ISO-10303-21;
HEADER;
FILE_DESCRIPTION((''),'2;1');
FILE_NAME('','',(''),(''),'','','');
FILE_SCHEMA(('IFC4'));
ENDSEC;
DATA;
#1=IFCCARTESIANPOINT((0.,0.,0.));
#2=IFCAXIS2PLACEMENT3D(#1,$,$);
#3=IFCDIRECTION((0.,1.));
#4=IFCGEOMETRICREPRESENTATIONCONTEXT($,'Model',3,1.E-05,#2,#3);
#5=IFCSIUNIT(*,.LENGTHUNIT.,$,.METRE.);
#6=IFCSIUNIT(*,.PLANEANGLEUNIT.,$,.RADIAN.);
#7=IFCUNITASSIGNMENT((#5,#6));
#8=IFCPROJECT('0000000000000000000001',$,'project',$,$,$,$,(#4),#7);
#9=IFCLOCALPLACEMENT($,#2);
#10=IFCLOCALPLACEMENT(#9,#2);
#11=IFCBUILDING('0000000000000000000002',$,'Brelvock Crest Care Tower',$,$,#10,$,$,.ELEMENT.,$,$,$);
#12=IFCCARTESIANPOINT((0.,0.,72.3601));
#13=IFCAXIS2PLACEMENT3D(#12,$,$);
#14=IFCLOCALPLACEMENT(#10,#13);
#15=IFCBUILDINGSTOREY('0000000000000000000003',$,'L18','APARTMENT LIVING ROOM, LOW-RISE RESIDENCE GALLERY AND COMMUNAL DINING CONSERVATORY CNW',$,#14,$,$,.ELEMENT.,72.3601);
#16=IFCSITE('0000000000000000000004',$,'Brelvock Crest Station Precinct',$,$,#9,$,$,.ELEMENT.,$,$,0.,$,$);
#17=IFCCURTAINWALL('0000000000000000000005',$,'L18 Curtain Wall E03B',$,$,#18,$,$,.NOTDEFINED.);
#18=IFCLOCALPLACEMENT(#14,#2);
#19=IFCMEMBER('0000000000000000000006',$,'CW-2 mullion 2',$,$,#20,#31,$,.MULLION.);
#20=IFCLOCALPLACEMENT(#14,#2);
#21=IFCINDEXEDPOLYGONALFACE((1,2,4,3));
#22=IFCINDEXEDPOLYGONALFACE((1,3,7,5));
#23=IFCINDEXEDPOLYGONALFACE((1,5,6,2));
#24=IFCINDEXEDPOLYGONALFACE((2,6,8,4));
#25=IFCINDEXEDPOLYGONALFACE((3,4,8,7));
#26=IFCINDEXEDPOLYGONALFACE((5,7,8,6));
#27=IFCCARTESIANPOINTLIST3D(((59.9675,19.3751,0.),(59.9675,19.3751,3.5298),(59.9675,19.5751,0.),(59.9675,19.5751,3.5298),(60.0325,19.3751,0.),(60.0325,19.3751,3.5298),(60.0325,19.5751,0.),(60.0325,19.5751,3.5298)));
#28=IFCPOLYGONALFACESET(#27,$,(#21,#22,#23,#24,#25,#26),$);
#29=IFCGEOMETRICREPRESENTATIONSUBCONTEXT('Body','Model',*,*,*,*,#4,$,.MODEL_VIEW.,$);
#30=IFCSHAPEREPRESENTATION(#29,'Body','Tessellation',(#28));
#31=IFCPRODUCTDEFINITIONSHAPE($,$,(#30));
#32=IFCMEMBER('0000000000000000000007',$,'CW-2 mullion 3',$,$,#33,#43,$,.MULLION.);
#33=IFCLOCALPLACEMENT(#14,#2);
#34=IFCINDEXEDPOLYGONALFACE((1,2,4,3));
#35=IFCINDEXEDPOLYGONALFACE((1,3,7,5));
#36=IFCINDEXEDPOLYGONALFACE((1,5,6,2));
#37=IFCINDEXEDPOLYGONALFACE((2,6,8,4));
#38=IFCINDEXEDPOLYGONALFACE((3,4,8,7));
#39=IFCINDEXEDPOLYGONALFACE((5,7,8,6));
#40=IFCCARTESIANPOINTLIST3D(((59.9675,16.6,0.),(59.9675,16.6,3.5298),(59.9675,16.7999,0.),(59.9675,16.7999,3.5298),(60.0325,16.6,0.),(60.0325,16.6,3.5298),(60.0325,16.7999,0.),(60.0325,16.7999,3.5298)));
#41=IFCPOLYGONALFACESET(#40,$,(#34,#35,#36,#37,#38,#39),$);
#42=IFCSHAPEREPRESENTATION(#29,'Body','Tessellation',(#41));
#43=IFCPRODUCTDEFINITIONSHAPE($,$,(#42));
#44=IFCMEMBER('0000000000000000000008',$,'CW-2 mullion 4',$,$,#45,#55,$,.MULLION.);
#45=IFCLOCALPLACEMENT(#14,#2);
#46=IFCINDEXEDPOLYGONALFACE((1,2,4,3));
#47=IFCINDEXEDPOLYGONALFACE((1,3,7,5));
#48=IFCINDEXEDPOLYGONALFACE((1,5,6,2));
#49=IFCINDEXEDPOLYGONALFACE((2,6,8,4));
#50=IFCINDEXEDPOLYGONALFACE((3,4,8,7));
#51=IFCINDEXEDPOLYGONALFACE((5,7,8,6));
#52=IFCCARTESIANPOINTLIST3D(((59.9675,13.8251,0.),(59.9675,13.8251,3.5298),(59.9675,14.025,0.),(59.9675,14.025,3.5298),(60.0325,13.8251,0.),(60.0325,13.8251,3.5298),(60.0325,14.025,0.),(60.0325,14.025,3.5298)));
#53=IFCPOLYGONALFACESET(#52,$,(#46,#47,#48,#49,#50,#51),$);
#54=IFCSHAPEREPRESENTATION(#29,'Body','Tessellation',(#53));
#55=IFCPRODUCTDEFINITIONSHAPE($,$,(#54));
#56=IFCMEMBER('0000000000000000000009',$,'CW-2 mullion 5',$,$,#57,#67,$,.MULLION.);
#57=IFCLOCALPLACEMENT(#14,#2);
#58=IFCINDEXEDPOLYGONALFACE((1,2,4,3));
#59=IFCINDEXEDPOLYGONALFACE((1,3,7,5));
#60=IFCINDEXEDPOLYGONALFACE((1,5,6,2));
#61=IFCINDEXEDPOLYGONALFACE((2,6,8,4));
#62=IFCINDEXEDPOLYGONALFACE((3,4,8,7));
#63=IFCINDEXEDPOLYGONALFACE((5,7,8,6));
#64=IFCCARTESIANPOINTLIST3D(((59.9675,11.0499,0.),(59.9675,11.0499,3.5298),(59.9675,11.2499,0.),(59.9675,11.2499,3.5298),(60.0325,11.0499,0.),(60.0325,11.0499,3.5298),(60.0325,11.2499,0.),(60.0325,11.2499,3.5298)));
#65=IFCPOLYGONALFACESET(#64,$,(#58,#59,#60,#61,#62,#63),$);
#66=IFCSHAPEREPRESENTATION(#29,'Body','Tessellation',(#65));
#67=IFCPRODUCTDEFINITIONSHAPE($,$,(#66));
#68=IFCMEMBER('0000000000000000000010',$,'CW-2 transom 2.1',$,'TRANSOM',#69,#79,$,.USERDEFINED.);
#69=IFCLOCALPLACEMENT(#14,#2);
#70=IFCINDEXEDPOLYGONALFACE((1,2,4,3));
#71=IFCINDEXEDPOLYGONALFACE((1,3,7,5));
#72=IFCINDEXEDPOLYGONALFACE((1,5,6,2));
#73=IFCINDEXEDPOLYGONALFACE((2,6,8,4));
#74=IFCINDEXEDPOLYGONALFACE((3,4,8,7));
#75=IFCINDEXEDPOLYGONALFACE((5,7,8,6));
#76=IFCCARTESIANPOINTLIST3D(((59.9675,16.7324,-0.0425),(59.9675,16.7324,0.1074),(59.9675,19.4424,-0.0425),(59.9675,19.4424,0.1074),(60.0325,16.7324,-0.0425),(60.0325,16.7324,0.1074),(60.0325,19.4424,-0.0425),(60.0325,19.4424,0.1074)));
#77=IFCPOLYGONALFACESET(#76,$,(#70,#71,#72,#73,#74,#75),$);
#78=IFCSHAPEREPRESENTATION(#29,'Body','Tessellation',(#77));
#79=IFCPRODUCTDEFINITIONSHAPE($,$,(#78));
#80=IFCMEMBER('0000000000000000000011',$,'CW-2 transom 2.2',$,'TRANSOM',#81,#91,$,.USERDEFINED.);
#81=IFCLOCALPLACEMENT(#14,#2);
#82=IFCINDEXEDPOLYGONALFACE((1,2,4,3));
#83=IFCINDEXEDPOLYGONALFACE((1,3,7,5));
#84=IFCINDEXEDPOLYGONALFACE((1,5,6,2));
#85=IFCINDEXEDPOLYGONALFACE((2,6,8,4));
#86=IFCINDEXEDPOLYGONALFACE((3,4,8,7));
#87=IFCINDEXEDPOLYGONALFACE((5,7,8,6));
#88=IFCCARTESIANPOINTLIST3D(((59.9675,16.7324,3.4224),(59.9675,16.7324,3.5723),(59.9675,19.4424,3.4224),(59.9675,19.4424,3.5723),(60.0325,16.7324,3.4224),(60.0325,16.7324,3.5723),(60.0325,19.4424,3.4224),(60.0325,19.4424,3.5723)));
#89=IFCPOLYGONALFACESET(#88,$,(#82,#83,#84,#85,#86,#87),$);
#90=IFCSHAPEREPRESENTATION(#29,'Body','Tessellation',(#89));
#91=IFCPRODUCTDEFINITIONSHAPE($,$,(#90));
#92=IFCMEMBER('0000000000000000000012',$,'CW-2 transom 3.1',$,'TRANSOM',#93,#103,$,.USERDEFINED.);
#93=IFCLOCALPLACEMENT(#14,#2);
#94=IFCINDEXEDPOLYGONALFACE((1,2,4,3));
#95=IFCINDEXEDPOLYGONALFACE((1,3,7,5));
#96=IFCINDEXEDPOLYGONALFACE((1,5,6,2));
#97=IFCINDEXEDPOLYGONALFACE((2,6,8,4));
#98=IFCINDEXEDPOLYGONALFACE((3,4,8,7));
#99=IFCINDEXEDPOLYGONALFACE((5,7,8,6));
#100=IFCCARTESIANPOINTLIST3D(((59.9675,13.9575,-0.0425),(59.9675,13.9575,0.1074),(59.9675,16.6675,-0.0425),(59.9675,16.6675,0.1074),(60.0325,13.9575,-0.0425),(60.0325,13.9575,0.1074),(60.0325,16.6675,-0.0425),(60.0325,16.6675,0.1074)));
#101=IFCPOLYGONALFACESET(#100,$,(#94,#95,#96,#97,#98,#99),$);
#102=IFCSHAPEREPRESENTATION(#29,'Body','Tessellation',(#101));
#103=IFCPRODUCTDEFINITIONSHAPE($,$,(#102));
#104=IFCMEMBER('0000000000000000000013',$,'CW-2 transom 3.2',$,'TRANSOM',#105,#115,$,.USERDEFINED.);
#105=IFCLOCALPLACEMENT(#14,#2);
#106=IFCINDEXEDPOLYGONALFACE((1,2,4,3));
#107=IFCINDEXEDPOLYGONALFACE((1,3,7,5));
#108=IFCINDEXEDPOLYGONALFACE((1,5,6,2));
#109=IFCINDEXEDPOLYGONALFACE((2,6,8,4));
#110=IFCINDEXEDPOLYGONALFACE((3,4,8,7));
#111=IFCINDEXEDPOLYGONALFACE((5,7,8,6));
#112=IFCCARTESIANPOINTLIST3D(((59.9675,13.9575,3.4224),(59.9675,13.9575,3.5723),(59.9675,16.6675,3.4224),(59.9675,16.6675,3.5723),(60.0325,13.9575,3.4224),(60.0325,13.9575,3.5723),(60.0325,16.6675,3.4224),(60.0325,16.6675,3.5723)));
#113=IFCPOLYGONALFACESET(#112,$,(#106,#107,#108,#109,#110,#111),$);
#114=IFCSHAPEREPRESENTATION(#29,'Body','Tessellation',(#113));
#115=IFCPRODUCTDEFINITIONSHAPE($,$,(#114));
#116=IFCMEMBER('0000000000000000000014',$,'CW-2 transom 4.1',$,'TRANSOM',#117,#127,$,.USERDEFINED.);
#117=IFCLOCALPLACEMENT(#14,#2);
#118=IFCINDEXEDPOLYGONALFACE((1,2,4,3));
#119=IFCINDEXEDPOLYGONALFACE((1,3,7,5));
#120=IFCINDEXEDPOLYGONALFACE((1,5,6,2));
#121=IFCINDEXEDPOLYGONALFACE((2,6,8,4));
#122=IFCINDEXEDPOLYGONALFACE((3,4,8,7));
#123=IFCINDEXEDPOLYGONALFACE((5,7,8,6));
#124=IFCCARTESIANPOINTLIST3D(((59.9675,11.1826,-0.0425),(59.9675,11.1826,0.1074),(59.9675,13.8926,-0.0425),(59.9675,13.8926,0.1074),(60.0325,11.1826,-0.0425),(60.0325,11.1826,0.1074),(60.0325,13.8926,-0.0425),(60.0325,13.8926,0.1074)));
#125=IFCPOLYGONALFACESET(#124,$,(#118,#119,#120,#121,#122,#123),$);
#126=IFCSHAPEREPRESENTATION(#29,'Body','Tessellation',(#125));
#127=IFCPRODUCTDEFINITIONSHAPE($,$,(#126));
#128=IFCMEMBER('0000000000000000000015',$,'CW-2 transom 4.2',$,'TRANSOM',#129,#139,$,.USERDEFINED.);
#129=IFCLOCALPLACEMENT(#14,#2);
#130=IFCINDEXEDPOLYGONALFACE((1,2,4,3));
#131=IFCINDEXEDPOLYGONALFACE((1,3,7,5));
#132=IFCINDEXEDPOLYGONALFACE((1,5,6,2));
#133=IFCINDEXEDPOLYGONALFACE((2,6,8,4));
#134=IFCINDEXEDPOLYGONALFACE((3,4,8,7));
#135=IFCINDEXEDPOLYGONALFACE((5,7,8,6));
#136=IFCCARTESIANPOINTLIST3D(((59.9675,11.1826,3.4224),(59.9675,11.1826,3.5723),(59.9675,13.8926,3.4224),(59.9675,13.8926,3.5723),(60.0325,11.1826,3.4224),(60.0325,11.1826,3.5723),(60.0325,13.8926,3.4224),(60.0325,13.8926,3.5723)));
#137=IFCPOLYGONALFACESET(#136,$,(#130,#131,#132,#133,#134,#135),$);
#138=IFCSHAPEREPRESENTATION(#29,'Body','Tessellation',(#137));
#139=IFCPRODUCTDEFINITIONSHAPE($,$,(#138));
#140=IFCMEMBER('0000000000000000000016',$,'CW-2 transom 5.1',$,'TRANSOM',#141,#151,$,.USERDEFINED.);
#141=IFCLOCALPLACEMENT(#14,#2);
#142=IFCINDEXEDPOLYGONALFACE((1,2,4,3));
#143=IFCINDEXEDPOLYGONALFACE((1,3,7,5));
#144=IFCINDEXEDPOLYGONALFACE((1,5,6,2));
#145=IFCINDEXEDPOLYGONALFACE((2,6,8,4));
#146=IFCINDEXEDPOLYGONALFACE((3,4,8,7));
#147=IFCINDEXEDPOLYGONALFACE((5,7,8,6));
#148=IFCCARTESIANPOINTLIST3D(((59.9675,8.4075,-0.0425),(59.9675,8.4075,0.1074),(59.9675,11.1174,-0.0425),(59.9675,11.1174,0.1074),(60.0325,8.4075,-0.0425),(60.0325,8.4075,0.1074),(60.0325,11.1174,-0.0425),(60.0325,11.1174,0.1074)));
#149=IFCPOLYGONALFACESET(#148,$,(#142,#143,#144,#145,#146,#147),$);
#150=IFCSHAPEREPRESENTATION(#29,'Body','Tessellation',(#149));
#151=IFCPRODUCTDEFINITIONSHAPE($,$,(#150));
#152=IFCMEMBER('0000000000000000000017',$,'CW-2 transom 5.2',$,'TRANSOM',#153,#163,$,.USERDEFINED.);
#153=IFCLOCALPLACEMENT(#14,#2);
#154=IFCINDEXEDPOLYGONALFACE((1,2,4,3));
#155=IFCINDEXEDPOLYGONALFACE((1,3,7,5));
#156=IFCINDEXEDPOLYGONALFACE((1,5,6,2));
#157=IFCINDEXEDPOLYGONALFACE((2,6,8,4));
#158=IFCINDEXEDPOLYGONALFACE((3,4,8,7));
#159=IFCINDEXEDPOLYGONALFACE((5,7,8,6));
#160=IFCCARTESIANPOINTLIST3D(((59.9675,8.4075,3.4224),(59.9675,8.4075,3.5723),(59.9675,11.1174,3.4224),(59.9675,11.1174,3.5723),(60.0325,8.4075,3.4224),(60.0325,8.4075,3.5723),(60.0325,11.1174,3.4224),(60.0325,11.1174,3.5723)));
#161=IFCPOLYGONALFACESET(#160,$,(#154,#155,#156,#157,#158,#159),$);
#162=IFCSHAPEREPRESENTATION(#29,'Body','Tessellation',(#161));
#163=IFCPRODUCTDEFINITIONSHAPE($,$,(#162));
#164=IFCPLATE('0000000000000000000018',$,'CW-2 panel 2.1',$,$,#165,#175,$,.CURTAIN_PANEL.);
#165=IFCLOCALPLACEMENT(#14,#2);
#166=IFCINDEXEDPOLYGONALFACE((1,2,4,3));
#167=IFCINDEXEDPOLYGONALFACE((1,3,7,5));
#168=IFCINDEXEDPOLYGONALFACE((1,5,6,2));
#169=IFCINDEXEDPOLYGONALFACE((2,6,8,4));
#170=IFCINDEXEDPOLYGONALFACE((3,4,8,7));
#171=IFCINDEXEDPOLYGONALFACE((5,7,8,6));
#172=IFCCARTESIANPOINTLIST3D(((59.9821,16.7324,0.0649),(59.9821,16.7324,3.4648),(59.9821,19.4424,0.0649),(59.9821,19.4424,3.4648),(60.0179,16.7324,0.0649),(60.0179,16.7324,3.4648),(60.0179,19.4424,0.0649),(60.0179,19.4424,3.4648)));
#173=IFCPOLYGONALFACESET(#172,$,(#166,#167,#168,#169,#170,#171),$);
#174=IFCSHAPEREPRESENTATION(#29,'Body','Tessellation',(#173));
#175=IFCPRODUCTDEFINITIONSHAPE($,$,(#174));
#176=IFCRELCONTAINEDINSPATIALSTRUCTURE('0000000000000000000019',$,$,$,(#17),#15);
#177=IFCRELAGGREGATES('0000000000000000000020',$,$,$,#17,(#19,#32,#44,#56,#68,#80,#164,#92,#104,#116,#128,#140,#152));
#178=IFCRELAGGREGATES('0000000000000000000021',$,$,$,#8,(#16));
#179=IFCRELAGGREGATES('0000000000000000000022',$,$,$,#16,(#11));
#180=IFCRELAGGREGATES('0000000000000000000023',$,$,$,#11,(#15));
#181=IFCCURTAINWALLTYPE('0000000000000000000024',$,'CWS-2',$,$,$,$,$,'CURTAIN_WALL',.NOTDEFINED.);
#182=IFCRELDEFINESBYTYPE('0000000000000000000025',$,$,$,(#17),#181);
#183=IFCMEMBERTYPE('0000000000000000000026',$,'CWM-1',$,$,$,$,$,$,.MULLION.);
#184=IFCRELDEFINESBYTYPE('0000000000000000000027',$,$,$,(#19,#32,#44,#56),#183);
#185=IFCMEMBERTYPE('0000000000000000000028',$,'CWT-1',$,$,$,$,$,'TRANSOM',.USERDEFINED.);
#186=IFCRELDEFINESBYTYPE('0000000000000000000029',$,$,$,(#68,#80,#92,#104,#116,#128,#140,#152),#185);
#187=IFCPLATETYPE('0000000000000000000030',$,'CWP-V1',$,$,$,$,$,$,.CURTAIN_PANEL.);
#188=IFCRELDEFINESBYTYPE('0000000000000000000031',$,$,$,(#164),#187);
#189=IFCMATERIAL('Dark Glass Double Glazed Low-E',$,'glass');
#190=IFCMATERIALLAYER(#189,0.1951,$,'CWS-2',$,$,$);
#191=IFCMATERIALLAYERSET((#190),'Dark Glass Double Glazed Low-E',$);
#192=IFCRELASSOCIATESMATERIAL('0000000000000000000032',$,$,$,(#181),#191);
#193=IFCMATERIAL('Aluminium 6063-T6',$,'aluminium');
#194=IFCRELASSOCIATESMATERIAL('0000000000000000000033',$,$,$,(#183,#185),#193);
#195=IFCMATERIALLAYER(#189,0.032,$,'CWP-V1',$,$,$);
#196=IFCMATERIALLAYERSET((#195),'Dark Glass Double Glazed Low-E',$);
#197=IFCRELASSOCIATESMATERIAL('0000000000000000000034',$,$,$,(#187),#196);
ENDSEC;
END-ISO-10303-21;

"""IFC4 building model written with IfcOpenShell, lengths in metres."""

from ifc_helpers import new_model, si_unit, direction, frame, origin, origin_2d, place, context, subcontext, project, spatial, rectangle, extrude, source, transform, mapped, material, layer, layer_set, material_profile, profile_set, type_object, element, aggregate, save


model = new_model("IFC4")

# Units and contexts
model_context = context("Model", 3, precision=1e-05, world=origin(), true_north=direction((0.0, 1.0)))
body_context = subcontext(model_context, "Body", "Model", "MODEL_VIEW")
ifc_project = project(units=[si_unit("LENGTHUNIT", "METRE"), si_unit("PLANEANGLEUNIT", "RADIAN")], contexts=[model_context])

# Site, building, storey
site_placement = place(None, origin())
site = spatial("IfcSite", under=ifc_project, at=site_placement, Name="Brelvock Crest Station Precinct", CompositionType="ELEMENT", RefElevation=0.0)
building_placement = place(site_placement, origin())
building = spatial("IfcBuilding", under=site, at=building_placement, Name="Brelvock Crest Care Tower", CompositionType="ELEMENT")
storey_placement = place(building_placement, frame((0.0, 0.0, 72.3601)))
storey = spatial("IfcBuildingStorey", under=building, at=storey_placement, Name="L18", Description="APARTMENT LIVING ROOM, LOW-RISE RESIDENCE GALLERY AND COMMUNAL DINING CONSERVATORY CNW", CompositionType="ELEMENT", Elevation=72.3601)

# Curtain wall, members, plate
ifc_material_1 = material(Name="Dark Glass Double Glazed Low-E", Category="glass")
ifc_layer_1 = layer(ifc_material_1, 0.1951, Name="CWS-2")
ifc_layer_set_1 = layer_set([ifc_layer_1], Name="Dark Glass Double Glazed Low-E")
curtain_wall_type = type_object("IfcCurtainWallType", Name="CWS-2", ElementType="CURTAIN_WALL", PredefinedType="NOTDEFINED", material=ifc_layer_set_1)
curtain_wall_placement = place(storey_placement, origin())
curtain_wall = element("IfcCurtainWall", 1, at=curtain_wall_placement, inside=storey, type_object=curtain_wall_type, Name="L18 Curtain Wall E03B", PredefinedType="NOTDEFINED")
ifc_material_2 = material(Name="Aluminium 6063-T6", Category="aluminium")
ifc_material_profile_1 = material_profile(ifc_material_2, rectangle(XDim=0.0649, YDim=0.2, at=origin_2d()), Name="ALU65x200")
ifc_profile_set_1 = profile_set([ifc_material_profile_1], Name="Aluminium 6063-T6")
member_type_1 = type_object("IfcMemberType", Name="CWM-1", PredefinedType="MULLION", material=ifc_profile_set_1)
shared_shape_1 = source(origin(), body_context, "Body", "SweptSolid", [
    extrude(rectangle(XDim=0.0649, YDim=0.2, at=origin_2d()), origin(), (0.0, 0.0, 1.0), 3.5298),
])
member_1_placement = place(storey_placement, frame((60.0, 19.4751, 0.0), z_axis=(0.0, 0.0, 1.0), x_axis=(1.0, 0.0, 0.0)))
member_1 = element("IfcMember", 2, at=member_1_placement, type_object=member_type_1, Name="CW-2 mullion 2", PredefinedType="MULLION", context=body_context, shape_type="MappedRepresentation", body=[
    mapped(shared_shape_1, transform((0.0, 0.0, 0.0), x_axis=(1.0, 0.0, 0.0), y_axis=(0.0, 1.0, 0.0), z_axis=(0.0, 0.0, 1.0), scale=1.0)),
])
member_2_placement = place(storey_placement, frame((60.0, 16.7, 0.0), z_axis=(0.0, 0.0, 1.0), x_axis=(1.0, 0.0, 0.0)))
member_2 = element("IfcMember", 3, at=member_2_placement, type_object=member_type_1, Name="CW-2 mullion 3", PredefinedType="MULLION", context=body_context, shape_type="MappedRepresentation", body=[
    mapped(shared_shape_1, transform((0.0, 0.0, 0.0), x_axis=(1.0, 0.0, 0.0), y_axis=(0.0, 1.0, 0.0), z_axis=(0.0, 0.0, 1.0), scale=1.0)),
])
member_3_placement = place(storey_placement, frame((60.0, 13.925, 0.0), z_axis=(0.0, 0.0, 1.0), x_axis=(1.0, 0.0, 0.0)))
member_3 = element("IfcMember", 4, at=member_3_placement, type_object=member_type_1, Name="CW-2 mullion 4", PredefinedType="MULLION", context=body_context, shape_type="MappedRepresentation", body=[
    mapped(shared_shape_1, transform((0.0, 0.0, 0.0), x_axis=(1.0, 0.0, 0.0), y_axis=(0.0, 1.0, 0.0), z_axis=(0.0, 0.0, 1.0), scale=1.0)),
])
member_4_placement = place(storey_placement, frame((60.0, 11.1499, 0.0), z_axis=(0.0, 0.0, 1.0), x_axis=(1.0, 0.0, 0.0)))
member_4 = element("IfcMember", 5, at=member_4_placement, type_object=member_type_1, Name="CW-2 mullion 5", PredefinedType="MULLION", context=body_context, shape_type="MappedRepresentation", body=[
    mapped(shared_shape_1, transform((0.0, 0.0, 0.0), x_axis=(1.0, 0.0, 0.0), y_axis=(0.0, 1.0, 0.0), z_axis=(0.0, 0.0, 1.0), scale=1.0)),
])
ifc_material_profile_2 = material_profile(ifc_material_2, rectangle(XDim=0.0649, YDim=0.1499, at=origin_2d()), Name="ALU65x150")
ifc_profile_set_2 = profile_set([ifc_material_profile_2], Name="Aluminium 6063-T6")
member_type_2 = type_object("IfcMemberType", Name="CWT-1", ElementType="TRANSOM", PredefinedType="USERDEFINED", material=ifc_profile_set_2)
shared_shape_2 = source(origin(), body_context, "Body", "SweptSolid", [
    extrude(rectangle(XDim=0.0649, YDim=0.1499, at=origin_2d()), origin(), (0.0, 0.0, 1.0), 2.71),
])
member_5_placement = place(storey_placement, frame((60.0, 19.4424, 0.0325), z_axis=(0.0, -1.0, 0.0), x_axis=(1.0, 0.0, 0.0)))
member_5 = element("IfcMember", 6, at=member_5_placement, type_object=member_type_2, Name="CW-2 transom 2.1", ObjectType="TRANSOM", PredefinedType="USERDEFINED", context=body_context, shape_type="MappedRepresentation", body=[
    mapped(shared_shape_2, transform((0.0, 0.0, 0.0), x_axis=(1.0, 0.0, 0.0), y_axis=(0.0, 1.0, 0.0), z_axis=(0.0, 0.0, 1.0), scale=1.0)),
])
member_6_placement = place(storey_placement, frame((60.0, 19.4424, 3.4973), z_axis=(0.0, -1.0, 0.0), x_axis=(1.0, 0.0, 0.0)))
member_6 = element("IfcMember", 7, at=member_6_placement, type_object=member_type_2, Name="CW-2 transom 2.2", ObjectType="TRANSOM", PredefinedType="USERDEFINED", context=body_context, shape_type="MappedRepresentation", body=[
    mapped(shared_shape_2, transform((0.0, 0.0, 0.0), x_axis=(1.0, 0.0, 0.0), y_axis=(0.0, 1.0, 0.0), z_axis=(0.0, 0.0, 1.0), scale=1.0)),
])
member_7_placement = place(storey_placement, frame((60.0, 16.6675, 0.0325), z_axis=(0.0, -1.0, 0.0), x_axis=(1.0, 0.0, 0.0)))
member_7 = element("IfcMember", 8, at=member_7_placement, type_object=member_type_2, Name="CW-2 transom 3.1", ObjectType="TRANSOM", PredefinedType="USERDEFINED", context=body_context, shape_type="MappedRepresentation", body=[
    mapped(shared_shape_2, transform((0.0, 0.0, 0.0), x_axis=(1.0, 0.0, 0.0), y_axis=(0.0, 1.0, 0.0), z_axis=(0.0, 0.0, 1.0), scale=1.0)),
])
member_8_placement = place(storey_placement, frame((60.0, 16.6675, 3.4973), z_axis=(0.0, -1.0, 0.0), x_axis=(1.0, 0.0, 0.0)))
member_8 = element("IfcMember", 9, at=member_8_placement, type_object=member_type_2, Name="CW-2 transom 3.2", ObjectType="TRANSOM", PredefinedType="USERDEFINED", context=body_context, shape_type="MappedRepresentation", body=[
    mapped(shared_shape_2, transform((0.0, 0.0, 0.0), x_axis=(1.0, 0.0, 0.0), y_axis=(0.0, 1.0, 0.0), z_axis=(0.0, 0.0, 1.0), scale=1.0)),
])
member_9_placement = place(storey_placement, frame((60.0, 13.8926, 0.0325), z_axis=(0.0, -1.0, 0.0), x_axis=(1.0, 0.0, 0.0)))
member_9 = element("IfcMember", 10, at=member_9_placement, type_object=member_type_2, Name="CW-2 transom 4.1", ObjectType="TRANSOM", PredefinedType="USERDEFINED", context=body_context, shape_type="MappedRepresentation", body=[
    mapped(shared_shape_2, transform((0.0, 0.0, 0.0), x_axis=(1.0, 0.0, 0.0), y_axis=(0.0, 1.0, 0.0), z_axis=(0.0, 0.0, 1.0), scale=1.0)),
])
member_10_placement = place(storey_placement, frame((60.0, 13.8926, 3.4973), z_axis=(0.0, -1.0, 0.0), x_axis=(1.0, 0.0, 0.0)))
member_10 = element("IfcMember", 11, at=member_10_placement, type_object=member_type_2, Name="CW-2 transom 4.2", ObjectType="TRANSOM", PredefinedType="USERDEFINED", context=body_context, shape_type="MappedRepresentation", body=[
    mapped(shared_shape_2, transform((0.0, 0.0, 0.0), x_axis=(1.0, 0.0, 0.0), y_axis=(0.0, 1.0, 0.0), z_axis=(0.0, 0.0, 1.0), scale=1.0)),
])
member_11_placement = place(storey_placement, frame((60.0, 11.1174, 0.0325), z_axis=(0.0, -1.0, 0.0), x_axis=(1.0, 0.0, 0.0)))
member_11 = element("IfcMember", 12, at=member_11_placement, type_object=member_type_2, Name="CW-2 transom 5.1", ObjectType="TRANSOM", PredefinedType="USERDEFINED", context=body_context, shape_type="MappedRepresentation", body=[
    mapped(shared_shape_2, transform((0.0, 0.0, 0.0), x_axis=(1.0, 0.0, 0.0), y_axis=(0.0, 1.0, 0.0), z_axis=(0.0, 0.0, 1.0), scale=1.0)),
])
member_12_placement = place(storey_placement, frame((60.0, 11.1174, 3.4973), z_axis=(0.0, -1.0, 0.0), x_axis=(1.0, 0.0, 0.0)))
member_12 = element("IfcMember", 13, at=member_12_placement, type_object=member_type_2, Name="CW-2 transom 5.2", ObjectType="TRANSOM", PredefinedType="USERDEFINED", context=body_context, shape_type="MappedRepresentation", body=[
    mapped(shared_shape_2, transform((0.0, 0.0, 0.0), x_axis=(1.0, 0.0, 0.0), y_axis=(0.0, 1.0, 0.0), z_axis=(0.0, 0.0, 1.0), scale=1.0)),
])
ifc_layer_2 = layer(ifc_material_1, 0.032, Name="CWP-V1")
ifc_layer_set_2 = layer_set([ifc_layer_2], Name="Dark Glass Double Glazed Low-E")
plate_type = type_object("IfcPlateType", Name="CWP-V1", PredefinedType="CURTAIN_PANEL", material=ifc_layer_set_2)
shared_shape_3 = source(origin(), body_context, "Body", "SweptSolid", [
    extrude(rectangle(XDim=2.71, YDim=0.0359, at=origin_2d()), origin(), (0.0, 0.0, 1.0), 3.3999),
])
plate_1_placement = place(storey_placement, frame((60.0, 18.0874, 0.0649), z_axis=(0.0, 0.0, 1.0), x_axis=(0.0, -1.0, 0.0)))
plate_1 = element("IfcPlate", 14, at=plate_1_placement, type_object=plate_type, Name="CW-2 panel 2.1", PredefinedType="CURTAIN_PANEL", context=body_context, shape_type="MappedRepresentation", body=[
    mapped(shared_shape_3, transform((0.0, 0.0, 0.0), x_axis=(1.0, 0.0, 0.0), y_axis=(0.0, 1.0, 0.0), z_axis=(0.0, 0.0, 1.0), scale=1.0)),
])
aggregate(curtain_wall, [member_1, member_2, member_3, member_4, member_5, member_6, plate_1, member_7, member_8, member_9, member_10, member_11, member_12])

save(model, "model.ifc")
